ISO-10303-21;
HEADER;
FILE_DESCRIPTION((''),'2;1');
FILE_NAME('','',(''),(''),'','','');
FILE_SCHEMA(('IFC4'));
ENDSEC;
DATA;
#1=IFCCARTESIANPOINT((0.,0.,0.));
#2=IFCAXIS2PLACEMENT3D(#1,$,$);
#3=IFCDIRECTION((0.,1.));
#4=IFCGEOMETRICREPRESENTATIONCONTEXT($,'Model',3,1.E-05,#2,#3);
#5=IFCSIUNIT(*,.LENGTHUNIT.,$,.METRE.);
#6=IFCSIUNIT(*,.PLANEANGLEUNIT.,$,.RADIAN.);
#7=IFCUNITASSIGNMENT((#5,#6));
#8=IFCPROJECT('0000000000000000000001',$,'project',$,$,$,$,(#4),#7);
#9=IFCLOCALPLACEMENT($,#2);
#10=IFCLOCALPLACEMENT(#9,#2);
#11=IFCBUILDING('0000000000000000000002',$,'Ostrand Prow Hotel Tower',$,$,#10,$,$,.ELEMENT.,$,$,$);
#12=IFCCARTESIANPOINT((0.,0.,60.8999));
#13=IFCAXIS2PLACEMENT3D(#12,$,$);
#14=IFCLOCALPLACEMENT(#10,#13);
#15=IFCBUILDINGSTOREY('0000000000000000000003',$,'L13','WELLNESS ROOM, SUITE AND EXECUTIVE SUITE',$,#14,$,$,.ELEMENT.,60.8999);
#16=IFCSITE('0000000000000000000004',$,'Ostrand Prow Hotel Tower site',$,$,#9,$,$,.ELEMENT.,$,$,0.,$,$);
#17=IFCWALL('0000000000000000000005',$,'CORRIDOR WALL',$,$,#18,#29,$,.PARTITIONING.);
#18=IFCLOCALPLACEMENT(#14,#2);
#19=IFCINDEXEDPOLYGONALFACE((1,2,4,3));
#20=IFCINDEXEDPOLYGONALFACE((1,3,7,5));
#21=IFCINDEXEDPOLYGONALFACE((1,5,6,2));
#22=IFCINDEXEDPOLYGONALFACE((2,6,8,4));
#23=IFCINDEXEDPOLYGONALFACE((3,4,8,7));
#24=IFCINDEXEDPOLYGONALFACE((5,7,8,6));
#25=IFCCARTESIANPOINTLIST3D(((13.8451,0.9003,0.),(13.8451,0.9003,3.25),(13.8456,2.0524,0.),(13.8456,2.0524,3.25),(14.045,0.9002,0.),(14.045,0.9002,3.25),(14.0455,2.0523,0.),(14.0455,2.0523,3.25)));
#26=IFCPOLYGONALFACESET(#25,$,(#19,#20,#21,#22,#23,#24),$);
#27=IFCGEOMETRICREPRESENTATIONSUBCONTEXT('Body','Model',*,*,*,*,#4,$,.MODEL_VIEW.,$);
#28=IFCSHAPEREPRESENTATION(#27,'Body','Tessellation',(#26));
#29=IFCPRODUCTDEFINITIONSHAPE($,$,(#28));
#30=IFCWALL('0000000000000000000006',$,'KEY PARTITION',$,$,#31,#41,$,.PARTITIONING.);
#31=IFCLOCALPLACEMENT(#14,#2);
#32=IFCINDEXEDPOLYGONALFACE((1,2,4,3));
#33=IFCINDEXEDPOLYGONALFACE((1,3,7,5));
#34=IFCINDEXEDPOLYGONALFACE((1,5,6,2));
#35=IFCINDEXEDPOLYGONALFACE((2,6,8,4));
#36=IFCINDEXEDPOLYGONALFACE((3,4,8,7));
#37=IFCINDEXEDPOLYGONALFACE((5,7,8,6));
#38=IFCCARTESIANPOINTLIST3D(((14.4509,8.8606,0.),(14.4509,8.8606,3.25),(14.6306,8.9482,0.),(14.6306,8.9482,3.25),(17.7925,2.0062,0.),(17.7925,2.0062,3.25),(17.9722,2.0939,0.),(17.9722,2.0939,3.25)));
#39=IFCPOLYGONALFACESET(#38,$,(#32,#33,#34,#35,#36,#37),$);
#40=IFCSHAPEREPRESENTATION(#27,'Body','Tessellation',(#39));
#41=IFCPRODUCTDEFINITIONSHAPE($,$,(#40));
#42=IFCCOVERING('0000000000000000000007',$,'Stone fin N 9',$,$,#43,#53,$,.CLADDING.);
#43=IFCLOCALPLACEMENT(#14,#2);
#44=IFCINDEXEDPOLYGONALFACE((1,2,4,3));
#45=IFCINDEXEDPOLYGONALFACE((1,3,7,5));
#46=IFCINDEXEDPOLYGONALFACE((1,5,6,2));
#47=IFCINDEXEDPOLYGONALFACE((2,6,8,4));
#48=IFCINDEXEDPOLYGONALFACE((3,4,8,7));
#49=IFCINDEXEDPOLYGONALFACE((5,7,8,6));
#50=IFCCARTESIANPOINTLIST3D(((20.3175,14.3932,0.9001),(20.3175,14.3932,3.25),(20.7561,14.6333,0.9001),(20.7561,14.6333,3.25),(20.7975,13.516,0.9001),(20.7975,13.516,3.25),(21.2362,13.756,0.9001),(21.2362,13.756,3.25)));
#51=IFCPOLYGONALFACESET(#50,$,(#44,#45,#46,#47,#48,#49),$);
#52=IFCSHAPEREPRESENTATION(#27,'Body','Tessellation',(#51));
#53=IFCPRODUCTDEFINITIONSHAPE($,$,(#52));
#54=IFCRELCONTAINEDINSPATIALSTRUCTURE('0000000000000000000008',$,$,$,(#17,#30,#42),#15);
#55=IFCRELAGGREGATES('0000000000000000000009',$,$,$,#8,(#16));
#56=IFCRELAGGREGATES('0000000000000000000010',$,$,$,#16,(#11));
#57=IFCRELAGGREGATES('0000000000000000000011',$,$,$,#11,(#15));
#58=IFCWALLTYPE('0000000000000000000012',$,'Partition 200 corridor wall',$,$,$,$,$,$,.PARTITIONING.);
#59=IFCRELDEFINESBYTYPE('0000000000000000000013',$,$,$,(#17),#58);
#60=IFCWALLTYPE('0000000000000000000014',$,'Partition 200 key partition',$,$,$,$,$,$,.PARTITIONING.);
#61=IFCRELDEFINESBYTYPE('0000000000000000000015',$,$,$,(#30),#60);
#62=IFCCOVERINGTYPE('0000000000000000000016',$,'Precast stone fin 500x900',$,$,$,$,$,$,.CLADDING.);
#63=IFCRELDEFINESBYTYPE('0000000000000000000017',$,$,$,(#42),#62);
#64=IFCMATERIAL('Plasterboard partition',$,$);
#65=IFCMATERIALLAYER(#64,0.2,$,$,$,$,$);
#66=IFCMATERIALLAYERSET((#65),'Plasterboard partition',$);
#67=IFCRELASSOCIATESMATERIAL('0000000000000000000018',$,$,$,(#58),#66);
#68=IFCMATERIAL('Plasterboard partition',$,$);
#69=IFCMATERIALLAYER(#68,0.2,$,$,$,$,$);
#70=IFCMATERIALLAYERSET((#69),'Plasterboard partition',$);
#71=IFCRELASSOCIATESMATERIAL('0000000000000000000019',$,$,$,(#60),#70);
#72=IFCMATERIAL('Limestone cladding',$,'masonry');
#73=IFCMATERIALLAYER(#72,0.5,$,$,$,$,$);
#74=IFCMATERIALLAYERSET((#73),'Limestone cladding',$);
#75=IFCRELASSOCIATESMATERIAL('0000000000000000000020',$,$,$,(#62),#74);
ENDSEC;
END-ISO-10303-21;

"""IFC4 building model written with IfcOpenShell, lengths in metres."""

from ifc_helpers import new_model, si_unit, direction, frame, frame_2d, origin, place, context, subcontext, project, spatial, rectangle, extrude, material, layer, layer_set, type_object, element, save


model = new_model("IFC4")

# Units and contexts
model_context = context("Model", 3, precision=1e-05, world=origin(), true_north=direction((0.0, 1.0)))
body_context = subcontext(model_context, "Body", "Model", "MODEL_VIEW")
ifc_project = project(units=[si_unit("LENGTHUNIT", "METRE"), si_unit("PLANEANGLEUNIT", "RADIAN")], contexts=[model_context])

# Site, building, storey
site_placement = place(None, origin())
site = spatial("IfcSite", under=ifc_project, at=site_placement, Name="Ostrand Prow Hotel Tower site", CompositionType="ELEMENT", RefElevation=0.0)
building_placement = place(site_placement, origin())
building = spatial("IfcBuilding", under=site, at=building_placement, Name="Ostrand Prow Hotel Tower", CompositionType="ELEMENT")
storey_placement = place(building_placement, frame((0.0, 0.0, 60.8999)))
storey = spatial("IfcBuildingStorey", under=building, at=storey_placement, Name="L13", Description="WELLNESS ROOM, SUITE AND EXECUTIVE SUITE", CompositionType="ELEMENT", Elevation=60.8999)

# Shared definitions
ifc_material_1 = material(Name="Plasterboard partition")
ifc_layer_1 = layer(ifc_material_1, 0.2)
ifc_layer_set_1 = layer_set([ifc_layer_1], Name="Plasterboard partition")
wall_type_1 = type_object("IfcWallType", Name="Partition 200 corridor wall", PredefinedType="PARTITIONING", material=ifc_layer_set_1)

# Walls
wall_1_placement = place(storey_placement, frame((13.9456, 2.0525, 0.0), z_axis=(0.0, 0.0, 1.0), x_axis=(-0.000424, -1.0, 0.0)))
element("IfcWall", 1, at=wall_1_placement, inside=storey, type_object=wall_type_1, Name="CORRIDOR WALL", PredefinedType="PARTITIONING", context=body_context, shape_type="SweptSolid", body=[
    extrude(rectangle(XDim=1.1521, YDim=0.2, at=frame_2d((0.5762, 0.0))), origin(), (0.0, 0.0, 1.0), 3.25),
])
ifc_material_2 = material(Name="Plasterboard partition")
ifc_layer_2 = layer(ifc_material_2, 0.2)
ifc_layer_set_2 = layer_set([ifc_layer_2], Name="Plasterboard partition")
wall_type_2 = type_object("IfcWallType", Name="Partition 200 key partition", PredefinedType="PARTITIONING", material=ifc_layer_set_2)
wall_2_placement = place(storey_placement, frame((17.8823, 2.05, 0.0), z_axis=(0.0, 0.0, 1.0), x_axis=(-0.438214, 0.898871, 0.0)))
element("IfcWall", 2, at=wall_2_placement, inside=storey, type_object=wall_type_2, Name="KEY PARTITION", PredefinedType="PARTITIONING", context=body_context, shape_type="SweptSolid", body=[
    extrude(rectangle(XDim=7.6255, YDim=0.2, at=frame_2d((3.8127, 0.0))), origin(), (0.0, 0.0, 1.0), 3.25),
])

# Covering
ifc_material_3 = material(Name="Limestone cladding", Category="masonry")
ifc_layer_3 = layer(ifc_material_3, 0.5)
ifc_layer_set_3 = layer_set([ifc_layer_3], Name="Limestone cladding")
covering_type = type_object("IfcCoveringType", Name="Precast stone fin 500x900", PredefinedType="CLADDING", material=ifc_layer_set_3)
covering_placement = place(storey_placement, frame((21.0168, 13.636, 0.9001), z_axis=(0.0, 0.0, 1.0), x_axis=(-0.480015, 0.87726, 0.0)))
element("IfcCovering", 3, at=covering_placement, inside=storey, type_object=covering_type, Name="Stone fin N 9", PredefinedType="CLADDING", context=body_context, shape_type="SweptSolid", body=[
    extrude(rectangle(XDim=1.0, YDim=0.5, at=frame_2d((0.5, 0.0))), origin(), (0.0, 0.0, 1.0), 2.3499),
])

save(model, "model.ifc")
